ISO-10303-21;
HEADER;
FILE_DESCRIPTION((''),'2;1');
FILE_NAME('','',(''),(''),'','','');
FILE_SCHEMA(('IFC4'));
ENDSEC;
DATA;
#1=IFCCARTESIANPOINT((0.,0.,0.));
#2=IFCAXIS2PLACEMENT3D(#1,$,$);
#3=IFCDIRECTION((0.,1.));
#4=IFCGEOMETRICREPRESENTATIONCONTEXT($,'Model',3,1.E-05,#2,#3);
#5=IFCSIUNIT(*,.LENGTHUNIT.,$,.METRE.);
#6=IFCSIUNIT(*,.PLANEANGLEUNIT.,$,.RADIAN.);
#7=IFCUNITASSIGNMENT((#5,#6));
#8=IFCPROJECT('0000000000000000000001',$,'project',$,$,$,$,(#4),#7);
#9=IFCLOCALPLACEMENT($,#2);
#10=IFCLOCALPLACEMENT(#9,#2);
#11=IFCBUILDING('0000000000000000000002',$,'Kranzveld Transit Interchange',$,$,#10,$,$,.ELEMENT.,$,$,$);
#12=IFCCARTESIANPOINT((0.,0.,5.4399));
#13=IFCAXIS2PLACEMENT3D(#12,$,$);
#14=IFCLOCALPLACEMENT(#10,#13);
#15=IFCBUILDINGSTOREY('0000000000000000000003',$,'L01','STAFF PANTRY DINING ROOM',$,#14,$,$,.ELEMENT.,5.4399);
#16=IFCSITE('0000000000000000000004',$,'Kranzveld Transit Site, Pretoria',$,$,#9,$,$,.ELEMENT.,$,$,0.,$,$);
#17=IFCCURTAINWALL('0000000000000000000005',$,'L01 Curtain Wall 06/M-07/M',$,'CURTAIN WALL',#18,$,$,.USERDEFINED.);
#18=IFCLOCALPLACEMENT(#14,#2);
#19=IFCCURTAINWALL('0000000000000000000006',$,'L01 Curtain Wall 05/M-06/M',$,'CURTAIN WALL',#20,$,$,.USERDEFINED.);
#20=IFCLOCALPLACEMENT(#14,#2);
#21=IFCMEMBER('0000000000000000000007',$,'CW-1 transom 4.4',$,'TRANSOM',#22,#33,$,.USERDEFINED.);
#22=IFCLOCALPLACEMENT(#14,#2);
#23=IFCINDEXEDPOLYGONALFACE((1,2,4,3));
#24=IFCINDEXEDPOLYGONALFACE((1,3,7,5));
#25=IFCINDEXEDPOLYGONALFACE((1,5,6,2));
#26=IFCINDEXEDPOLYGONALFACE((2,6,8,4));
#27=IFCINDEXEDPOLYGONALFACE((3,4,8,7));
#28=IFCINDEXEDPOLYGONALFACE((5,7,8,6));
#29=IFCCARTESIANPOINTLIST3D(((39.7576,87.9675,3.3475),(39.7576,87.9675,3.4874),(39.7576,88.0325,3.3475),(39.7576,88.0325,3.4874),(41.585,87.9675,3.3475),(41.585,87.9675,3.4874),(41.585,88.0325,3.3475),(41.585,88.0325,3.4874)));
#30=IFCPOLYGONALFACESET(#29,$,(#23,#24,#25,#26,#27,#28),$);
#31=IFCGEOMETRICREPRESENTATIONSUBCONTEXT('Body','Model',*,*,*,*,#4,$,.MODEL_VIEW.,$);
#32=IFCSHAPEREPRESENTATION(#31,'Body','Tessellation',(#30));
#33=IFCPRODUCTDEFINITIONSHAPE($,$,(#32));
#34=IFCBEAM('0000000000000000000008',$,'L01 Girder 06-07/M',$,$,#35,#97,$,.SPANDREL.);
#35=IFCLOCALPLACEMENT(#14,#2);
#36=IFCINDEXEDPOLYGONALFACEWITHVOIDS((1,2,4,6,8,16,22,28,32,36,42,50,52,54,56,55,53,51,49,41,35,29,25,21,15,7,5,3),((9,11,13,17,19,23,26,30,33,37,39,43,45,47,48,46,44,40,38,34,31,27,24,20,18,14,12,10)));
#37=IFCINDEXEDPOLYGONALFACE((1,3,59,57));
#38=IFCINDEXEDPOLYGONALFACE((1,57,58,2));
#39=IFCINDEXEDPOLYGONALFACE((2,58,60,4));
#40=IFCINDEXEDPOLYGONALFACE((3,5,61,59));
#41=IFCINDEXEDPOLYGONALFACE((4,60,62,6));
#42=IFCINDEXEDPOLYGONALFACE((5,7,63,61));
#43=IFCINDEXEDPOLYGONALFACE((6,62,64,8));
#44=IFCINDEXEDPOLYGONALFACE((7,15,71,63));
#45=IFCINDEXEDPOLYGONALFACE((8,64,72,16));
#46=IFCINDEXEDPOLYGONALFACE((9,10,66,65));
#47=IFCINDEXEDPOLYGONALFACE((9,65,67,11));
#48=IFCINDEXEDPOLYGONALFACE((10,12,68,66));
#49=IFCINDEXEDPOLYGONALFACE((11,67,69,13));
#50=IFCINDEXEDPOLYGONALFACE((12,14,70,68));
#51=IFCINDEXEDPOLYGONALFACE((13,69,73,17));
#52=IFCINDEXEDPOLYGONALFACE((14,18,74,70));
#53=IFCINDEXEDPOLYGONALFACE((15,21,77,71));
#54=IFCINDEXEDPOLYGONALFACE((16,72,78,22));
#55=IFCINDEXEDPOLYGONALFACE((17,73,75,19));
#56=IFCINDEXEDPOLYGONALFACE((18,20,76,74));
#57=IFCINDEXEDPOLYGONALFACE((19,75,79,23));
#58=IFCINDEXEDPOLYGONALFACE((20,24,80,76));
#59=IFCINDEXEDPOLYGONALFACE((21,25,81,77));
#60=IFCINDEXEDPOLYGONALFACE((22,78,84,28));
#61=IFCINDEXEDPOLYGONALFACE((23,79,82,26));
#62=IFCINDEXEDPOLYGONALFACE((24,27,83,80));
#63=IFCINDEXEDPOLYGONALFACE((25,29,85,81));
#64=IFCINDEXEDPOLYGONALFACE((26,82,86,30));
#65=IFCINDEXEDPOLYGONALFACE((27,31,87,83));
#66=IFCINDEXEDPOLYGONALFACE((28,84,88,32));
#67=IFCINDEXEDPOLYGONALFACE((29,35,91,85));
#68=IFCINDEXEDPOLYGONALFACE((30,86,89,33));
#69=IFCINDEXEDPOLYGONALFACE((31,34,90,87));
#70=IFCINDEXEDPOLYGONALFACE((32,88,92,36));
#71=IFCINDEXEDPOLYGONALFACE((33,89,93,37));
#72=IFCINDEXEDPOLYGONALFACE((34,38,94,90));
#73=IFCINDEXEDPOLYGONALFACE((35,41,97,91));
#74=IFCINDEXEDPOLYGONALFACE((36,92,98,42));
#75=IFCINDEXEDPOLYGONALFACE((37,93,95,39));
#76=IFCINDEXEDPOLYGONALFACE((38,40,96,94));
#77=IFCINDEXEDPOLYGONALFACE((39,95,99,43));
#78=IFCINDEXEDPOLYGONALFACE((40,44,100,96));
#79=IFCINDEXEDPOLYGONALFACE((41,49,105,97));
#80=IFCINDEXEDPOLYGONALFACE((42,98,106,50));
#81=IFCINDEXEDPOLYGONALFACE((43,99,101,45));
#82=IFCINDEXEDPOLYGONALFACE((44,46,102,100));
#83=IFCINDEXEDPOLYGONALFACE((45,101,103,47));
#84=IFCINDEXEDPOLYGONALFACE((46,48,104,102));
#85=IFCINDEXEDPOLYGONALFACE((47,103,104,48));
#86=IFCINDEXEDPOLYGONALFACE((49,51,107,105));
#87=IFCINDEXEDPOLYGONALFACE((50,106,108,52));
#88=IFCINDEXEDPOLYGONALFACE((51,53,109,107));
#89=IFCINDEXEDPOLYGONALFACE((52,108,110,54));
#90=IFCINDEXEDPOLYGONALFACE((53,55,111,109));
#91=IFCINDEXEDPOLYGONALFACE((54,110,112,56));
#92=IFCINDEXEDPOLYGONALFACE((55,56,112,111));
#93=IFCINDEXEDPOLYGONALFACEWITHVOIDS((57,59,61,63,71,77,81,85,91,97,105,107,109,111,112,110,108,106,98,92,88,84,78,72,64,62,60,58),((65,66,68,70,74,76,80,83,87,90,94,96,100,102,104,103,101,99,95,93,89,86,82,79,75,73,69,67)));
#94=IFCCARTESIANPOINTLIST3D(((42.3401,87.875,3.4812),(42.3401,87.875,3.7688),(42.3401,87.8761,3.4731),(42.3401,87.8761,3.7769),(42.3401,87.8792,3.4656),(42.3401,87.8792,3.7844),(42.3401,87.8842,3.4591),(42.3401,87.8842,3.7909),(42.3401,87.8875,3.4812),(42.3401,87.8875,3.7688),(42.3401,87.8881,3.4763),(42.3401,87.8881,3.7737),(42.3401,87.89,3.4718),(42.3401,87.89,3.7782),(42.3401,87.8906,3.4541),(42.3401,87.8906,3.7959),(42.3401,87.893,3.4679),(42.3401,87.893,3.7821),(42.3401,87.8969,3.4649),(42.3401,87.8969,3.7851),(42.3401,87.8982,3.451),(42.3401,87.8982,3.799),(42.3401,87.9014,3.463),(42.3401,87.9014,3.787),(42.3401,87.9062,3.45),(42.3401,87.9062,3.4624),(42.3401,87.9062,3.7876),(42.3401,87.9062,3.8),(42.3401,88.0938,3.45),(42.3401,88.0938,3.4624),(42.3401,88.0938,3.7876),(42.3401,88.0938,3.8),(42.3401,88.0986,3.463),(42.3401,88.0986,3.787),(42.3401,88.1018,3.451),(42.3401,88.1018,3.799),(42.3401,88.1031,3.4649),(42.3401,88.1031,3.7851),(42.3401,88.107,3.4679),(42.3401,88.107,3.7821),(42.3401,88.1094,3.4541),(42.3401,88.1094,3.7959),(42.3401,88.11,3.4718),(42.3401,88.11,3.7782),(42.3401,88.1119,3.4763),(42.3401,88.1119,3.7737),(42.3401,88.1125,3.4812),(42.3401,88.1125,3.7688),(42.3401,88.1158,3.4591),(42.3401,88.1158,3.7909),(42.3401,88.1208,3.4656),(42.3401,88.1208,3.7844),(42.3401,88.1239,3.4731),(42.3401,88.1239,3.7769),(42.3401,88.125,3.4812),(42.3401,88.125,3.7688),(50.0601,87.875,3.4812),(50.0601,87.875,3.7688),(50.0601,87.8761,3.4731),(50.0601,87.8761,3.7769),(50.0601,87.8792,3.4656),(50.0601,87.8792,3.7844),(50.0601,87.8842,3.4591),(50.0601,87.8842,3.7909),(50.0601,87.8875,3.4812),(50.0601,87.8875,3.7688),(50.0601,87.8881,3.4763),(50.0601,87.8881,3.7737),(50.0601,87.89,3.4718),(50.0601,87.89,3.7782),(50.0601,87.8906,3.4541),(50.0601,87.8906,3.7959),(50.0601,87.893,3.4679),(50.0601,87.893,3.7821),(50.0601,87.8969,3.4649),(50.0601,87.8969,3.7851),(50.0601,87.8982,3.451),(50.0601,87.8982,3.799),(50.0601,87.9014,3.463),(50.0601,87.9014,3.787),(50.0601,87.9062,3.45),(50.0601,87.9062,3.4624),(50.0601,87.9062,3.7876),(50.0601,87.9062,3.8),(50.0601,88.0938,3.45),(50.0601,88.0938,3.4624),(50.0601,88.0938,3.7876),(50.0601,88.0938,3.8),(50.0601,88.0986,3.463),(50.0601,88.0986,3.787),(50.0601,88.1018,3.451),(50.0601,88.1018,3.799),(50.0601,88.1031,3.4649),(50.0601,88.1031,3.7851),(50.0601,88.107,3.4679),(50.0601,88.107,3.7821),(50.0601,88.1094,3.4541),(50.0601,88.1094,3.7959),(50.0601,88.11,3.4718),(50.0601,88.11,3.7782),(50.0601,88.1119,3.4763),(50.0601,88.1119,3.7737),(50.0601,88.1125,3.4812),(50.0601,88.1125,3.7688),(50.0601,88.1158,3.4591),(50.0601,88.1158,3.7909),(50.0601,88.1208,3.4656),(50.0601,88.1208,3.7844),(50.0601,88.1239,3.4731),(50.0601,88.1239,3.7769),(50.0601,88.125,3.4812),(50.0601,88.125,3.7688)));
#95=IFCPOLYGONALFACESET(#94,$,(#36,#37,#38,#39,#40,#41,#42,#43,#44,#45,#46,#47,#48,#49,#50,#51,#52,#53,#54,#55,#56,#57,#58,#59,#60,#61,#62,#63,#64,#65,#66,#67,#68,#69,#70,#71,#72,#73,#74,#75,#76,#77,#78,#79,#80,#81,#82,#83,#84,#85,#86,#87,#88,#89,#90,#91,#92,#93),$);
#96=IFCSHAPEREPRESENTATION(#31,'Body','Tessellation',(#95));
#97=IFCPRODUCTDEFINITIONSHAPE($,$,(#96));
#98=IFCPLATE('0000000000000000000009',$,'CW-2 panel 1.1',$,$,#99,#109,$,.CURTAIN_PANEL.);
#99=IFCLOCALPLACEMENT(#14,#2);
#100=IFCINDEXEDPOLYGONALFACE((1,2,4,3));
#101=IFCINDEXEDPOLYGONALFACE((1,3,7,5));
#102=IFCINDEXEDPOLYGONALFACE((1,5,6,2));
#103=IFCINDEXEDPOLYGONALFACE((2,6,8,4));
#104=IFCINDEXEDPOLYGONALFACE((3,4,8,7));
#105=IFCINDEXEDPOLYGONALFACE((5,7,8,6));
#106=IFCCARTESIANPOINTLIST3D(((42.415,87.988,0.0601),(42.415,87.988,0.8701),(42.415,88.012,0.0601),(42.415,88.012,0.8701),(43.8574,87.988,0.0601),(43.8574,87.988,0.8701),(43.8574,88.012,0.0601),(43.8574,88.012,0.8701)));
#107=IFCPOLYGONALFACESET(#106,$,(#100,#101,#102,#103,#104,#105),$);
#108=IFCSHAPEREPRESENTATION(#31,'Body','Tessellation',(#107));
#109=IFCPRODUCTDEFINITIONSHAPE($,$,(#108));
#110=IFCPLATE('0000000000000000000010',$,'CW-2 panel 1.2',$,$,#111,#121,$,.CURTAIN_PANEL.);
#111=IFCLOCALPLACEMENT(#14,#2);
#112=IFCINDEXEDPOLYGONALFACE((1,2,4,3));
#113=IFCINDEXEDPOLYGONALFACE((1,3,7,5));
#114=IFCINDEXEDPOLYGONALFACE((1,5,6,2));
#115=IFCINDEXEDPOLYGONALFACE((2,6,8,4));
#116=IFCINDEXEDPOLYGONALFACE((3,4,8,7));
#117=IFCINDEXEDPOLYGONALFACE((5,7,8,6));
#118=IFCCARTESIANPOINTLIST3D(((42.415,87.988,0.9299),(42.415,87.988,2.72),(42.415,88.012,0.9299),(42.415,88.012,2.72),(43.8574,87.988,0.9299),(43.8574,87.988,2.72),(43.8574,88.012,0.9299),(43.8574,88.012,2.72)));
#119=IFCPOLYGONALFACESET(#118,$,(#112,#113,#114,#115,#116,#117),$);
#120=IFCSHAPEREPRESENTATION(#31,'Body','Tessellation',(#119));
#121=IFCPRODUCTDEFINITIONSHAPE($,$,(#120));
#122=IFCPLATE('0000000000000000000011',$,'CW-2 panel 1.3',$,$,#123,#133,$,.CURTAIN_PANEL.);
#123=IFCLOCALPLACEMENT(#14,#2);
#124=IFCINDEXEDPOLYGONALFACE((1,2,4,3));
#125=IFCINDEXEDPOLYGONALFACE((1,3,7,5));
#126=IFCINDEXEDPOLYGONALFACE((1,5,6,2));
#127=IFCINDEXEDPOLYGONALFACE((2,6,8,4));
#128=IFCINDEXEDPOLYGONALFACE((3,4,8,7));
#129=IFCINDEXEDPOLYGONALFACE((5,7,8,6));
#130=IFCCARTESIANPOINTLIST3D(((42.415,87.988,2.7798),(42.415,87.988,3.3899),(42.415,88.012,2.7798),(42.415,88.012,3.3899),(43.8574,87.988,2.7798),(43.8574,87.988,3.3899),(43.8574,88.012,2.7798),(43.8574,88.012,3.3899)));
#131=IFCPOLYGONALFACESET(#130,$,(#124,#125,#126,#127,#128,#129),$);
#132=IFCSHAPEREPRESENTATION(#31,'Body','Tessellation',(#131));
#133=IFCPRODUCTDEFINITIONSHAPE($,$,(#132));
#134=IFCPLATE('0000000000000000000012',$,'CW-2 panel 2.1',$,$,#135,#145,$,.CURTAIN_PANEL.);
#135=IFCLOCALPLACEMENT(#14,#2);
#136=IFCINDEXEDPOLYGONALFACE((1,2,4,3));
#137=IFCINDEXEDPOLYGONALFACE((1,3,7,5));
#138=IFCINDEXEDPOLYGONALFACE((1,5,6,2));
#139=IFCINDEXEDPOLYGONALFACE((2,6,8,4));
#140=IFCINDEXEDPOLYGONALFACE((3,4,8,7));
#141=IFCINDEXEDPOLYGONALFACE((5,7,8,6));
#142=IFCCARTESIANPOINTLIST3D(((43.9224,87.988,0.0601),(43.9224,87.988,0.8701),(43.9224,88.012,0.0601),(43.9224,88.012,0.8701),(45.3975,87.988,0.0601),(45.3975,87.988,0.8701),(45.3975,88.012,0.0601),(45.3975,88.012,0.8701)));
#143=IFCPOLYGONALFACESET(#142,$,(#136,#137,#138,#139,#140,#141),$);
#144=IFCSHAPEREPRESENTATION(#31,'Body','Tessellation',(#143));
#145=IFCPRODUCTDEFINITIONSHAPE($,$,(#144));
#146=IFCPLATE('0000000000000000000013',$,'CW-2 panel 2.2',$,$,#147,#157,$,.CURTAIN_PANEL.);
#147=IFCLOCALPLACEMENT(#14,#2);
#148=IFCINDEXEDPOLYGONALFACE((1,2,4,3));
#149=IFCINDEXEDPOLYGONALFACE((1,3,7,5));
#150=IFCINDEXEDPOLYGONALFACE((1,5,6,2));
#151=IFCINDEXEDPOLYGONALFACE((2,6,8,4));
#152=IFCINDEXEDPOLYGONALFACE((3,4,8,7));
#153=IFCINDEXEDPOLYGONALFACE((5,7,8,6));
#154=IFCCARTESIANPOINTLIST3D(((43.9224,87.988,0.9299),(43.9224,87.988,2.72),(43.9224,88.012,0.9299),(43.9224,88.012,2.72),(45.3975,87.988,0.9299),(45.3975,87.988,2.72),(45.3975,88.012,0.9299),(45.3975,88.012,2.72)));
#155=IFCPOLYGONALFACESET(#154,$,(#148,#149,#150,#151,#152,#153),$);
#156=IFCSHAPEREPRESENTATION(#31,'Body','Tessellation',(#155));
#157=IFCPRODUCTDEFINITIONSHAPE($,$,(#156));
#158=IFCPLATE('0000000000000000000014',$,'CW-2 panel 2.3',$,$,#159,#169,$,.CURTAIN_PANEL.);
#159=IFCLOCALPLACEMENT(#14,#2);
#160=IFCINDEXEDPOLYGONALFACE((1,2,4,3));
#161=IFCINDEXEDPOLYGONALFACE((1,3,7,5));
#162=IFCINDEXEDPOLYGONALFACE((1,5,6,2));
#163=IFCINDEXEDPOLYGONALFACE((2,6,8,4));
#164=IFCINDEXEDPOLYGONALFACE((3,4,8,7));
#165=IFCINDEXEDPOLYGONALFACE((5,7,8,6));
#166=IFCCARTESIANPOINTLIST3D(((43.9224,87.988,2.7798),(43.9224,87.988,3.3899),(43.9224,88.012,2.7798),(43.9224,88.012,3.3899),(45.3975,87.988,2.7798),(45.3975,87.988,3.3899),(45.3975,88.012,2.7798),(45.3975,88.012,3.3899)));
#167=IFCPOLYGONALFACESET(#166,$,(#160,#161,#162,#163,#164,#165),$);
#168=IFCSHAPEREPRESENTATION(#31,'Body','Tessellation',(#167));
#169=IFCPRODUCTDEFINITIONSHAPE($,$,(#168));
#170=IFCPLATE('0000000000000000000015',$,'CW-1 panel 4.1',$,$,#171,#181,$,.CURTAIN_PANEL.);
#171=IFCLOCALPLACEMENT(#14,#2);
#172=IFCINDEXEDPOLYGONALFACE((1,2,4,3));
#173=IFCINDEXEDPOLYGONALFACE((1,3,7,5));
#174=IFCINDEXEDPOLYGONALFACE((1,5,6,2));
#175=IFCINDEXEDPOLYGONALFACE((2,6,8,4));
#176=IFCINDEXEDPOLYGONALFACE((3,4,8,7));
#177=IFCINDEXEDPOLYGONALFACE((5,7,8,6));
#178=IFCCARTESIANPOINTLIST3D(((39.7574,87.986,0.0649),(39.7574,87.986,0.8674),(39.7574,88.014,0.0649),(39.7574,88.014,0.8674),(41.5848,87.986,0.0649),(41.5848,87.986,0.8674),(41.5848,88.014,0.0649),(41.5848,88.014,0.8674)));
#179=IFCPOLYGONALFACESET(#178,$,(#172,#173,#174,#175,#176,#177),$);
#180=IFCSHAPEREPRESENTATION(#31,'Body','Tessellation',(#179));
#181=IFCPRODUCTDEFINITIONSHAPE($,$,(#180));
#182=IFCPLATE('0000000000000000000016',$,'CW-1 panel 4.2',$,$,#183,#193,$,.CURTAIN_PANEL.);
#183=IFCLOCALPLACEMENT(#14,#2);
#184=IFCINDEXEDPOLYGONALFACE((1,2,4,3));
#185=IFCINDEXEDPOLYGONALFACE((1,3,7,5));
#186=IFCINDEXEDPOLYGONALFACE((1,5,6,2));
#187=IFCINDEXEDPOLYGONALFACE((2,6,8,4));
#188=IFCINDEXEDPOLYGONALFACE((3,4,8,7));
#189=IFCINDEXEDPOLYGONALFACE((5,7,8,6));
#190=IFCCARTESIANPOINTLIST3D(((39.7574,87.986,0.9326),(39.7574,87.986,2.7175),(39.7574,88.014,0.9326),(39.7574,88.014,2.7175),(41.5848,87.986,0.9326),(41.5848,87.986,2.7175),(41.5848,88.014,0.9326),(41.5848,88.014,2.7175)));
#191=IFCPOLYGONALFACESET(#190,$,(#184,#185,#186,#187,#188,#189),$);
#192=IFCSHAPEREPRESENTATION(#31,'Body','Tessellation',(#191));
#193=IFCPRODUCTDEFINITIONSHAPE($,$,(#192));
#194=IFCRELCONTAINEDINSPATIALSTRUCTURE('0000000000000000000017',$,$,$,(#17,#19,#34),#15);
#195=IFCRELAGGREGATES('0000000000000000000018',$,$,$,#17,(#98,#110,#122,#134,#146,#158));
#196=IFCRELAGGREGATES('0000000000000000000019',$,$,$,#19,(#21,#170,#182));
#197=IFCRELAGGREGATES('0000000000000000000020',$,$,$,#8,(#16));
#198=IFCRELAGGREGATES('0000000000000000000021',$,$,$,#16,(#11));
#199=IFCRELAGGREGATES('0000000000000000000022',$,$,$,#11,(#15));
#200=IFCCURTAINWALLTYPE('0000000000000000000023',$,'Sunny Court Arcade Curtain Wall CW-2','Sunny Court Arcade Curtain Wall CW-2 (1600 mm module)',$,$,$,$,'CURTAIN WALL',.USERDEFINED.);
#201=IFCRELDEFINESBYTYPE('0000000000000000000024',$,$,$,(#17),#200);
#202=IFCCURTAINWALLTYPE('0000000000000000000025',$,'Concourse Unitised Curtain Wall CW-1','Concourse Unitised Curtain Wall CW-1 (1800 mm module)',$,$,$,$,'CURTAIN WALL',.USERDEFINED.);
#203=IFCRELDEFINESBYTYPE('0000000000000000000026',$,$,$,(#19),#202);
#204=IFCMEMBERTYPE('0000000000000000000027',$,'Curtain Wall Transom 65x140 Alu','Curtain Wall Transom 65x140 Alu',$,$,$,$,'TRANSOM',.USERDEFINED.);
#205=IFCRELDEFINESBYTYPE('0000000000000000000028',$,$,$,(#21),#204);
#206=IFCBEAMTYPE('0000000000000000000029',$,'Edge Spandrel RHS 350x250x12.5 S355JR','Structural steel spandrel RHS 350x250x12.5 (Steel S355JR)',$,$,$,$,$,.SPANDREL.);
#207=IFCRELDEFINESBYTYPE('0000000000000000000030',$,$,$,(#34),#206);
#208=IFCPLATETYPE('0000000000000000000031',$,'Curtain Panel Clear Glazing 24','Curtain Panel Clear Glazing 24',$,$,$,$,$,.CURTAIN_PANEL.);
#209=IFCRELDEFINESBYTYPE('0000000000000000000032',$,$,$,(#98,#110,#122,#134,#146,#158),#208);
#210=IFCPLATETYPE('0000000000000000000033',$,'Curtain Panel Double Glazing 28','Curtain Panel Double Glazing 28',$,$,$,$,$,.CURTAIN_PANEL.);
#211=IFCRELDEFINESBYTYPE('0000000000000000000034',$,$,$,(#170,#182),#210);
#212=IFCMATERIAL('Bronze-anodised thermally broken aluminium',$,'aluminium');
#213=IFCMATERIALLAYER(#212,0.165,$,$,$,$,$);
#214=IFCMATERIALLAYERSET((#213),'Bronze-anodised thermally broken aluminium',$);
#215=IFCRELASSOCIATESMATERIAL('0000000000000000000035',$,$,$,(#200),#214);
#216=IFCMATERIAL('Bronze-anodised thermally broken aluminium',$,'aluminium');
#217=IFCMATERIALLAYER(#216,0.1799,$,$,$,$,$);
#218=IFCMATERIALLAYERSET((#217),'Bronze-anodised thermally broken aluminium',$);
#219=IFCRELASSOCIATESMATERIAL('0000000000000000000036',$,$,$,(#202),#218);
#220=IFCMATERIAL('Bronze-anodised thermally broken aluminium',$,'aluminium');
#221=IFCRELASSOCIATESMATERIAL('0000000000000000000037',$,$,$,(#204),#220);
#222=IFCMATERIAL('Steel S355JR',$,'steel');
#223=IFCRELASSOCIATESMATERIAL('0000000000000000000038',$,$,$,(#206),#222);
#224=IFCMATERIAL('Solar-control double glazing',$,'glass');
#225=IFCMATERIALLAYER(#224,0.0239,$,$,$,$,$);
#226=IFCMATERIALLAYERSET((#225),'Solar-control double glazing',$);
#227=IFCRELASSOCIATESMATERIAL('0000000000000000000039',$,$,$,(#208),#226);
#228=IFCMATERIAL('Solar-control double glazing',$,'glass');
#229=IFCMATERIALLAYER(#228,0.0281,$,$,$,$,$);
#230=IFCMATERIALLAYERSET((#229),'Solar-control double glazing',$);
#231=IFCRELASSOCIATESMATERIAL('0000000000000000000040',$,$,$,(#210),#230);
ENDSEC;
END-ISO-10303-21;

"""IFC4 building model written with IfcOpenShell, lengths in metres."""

from ifc_helpers import new_model, si_unit, direction, frame, origin, origin_2d, place, context, subcontext, project, spatial, rectangle, hollow_rectangle, extrude, material, layer, layer_set, material_profile, profile_set, type_object, element, aggregate, save


model = new_model("IFC4")

# Units and contexts
model_context = context("Model", 3, precision=1e-05, world=origin(), true_north=direction((0.0, 1.0)))
body_context = subcontext(model_context, "Body", "Model", "MODEL_VIEW")
ifc_project = project(units=[si_unit("LENGTHUNIT", "METRE"), si_unit("PLANEANGLEUNIT", "RADIAN")], contexts=[model_context])

# Site, building, storey
site_placement = place(None, origin())
site = spatial("IfcSite", under=ifc_project, at=site_placement, Name="Kranzveld Transit Site, Pretoria", CompositionType="ELEMENT", RefElevation=0.0)
building_placement = place(site_placement, origin())
building = spatial("IfcBuilding", under=site, at=building_placement, Name="Kranzveld Transit Interchange", CompositionType="ELEMENT")
storey_placement = place(building_placement, frame((0.0, 0.0, 5.4399)))
storey = spatial("IfcBuildingStorey", under=building, at=storey_placement, Name="L01", Description="STAFF PANTRY DINING ROOM", CompositionType="ELEMENT", Elevation=5.4399)

# Curtain wall
ifc_material_1 = material(Name="Bronze-anodised thermally broken aluminium", Category="aluminium")
ifc_layer_1 = layer(ifc_material_1, 0.165)
ifc_layer_set_1 = layer_set([ifc_layer_1], Name="Bronze-anodised thermally broken aluminium")
curtain_wall_type_1 = type_object("IfcCurtainWallType", Name="Sunny Court Arcade Curtain Wall CW-2", Description="Sunny Court Arcade Curtain Wall CW-2 (1600 mm module)", ElementType="CURTAIN WALL", PredefinedType="USERDEFINED", material=ifc_layer_set_1)
curtain_wall_1_placement = place(storey_placement, origin())
curtain_wall_1 = element("IfcCurtainWall", 1, at=curtain_wall_1_placement, inside=storey, type_object=curtain_wall_type_1, Name="L01 Curtain Wall 06/M-07/M", ObjectType="CURTAIN WALL", PredefinedType="USERDEFINED")

# Curtain wall
ifc_material_2 = material(Name="Bronze-anodised thermally broken aluminium", Category="aluminium")
ifc_layer_2 = layer(ifc_material_2, 0.1799)
ifc_layer_set_2 = layer_set([ifc_layer_2], Name="Bronze-anodised thermally broken aluminium")
curtain_wall_type_2 = type_object("IfcCurtainWallType", Name="Concourse Unitised Curtain Wall CW-1", Description="Concourse Unitised Curtain Wall CW-1 (1800 mm module)", ElementType="CURTAIN WALL", PredefinedType="USERDEFINED", material=ifc_layer_set_2)
curtain_wall_2_placement = place(storey_placement, origin())
curtain_wall_2 = element("IfcCurtainWall", 2, at=curtain_wall_2_placement, inside=storey, type_object=curtain_wall_type_2, Name="L01 Curtain Wall 05/M-06/M", ObjectType="CURTAIN WALL", PredefinedType="USERDEFINED")

# Member
ifc_material_3 = material(Name="Bronze-anodised thermally broken aluminium", Category="aluminium")
ifc_material_profile_1 = material_profile(ifc_material_3, rectangle(XDim=0.0649, YDim=0.1399, at=origin_2d()), Name="ALU TRANSOM 65x140")
ifc_profile_set_1 = profile_set([ifc_material_profile_1], Name="Bronze-anodised thermally broken aluminium")
member_type_1 = type_object("IfcMemberType", Name="Curtain Wall Transom 65x140 Alu", Description="Curtain Wall Transom 65x140 Alu", ElementType="TRANSOM", PredefinedType="USERDEFINED", material=ifc_profile_set_1)
member_1_placement = place(storey_placement, frame((39.7576, 88.0, 3.4175), z_axis=(1.0, 0.0, 0.0), x_axis=(0.0, 1.0, 0.0)))
member_1 = element("IfcMember", 3, at=member_1_placement, type_object=member_type_1, Name="CW-1 transom 4.4", ObjectType="TRANSOM", PredefinedType="USERDEFINED", context=body_context, shape_type="SweptSolid", body=[
    extrude(rectangle(XDim=0.0649, YDim=0.1399, at=origin_2d()), origin(), (0.0, 0.0, 1.0), 1.8274),
])

# Beam
ifc_material_4 = material(Name="Steel S355JR", Category="steel")
ifc_material_profile_2 = material_profile(ifc_material_4, hollow_rectangle(XDim=0.25, YDim=0.3501, WallThickness=0.0125, InnerFilletRadius=0.0188, OuterFilletRadius=0.0312, at=origin_2d()), Name="RHS 350x250x12.5")
ifc_profile_set_2 = profile_set([ifc_material_profile_2], Name="Steel S355JR")
beam_type = type_object("IfcBeamType", Name="Edge Spandrel RHS 350x250x12.5 S355JR", Description="Structural steel spandrel RHS 350x250x12.5 (Steel S355JR)", PredefinedType="SPANDREL", material=ifc_profile_set_2)
beam_placement = place(storey_placement, frame((42.3401, 88.0, 3.625), z_axis=(1.0, 0.0, 0.0), x_axis=(0.0, 1.0, 0.0)))
element("IfcBeam", 4, at=beam_placement, inside=storey, type_object=beam_type, Name="L01 Girder 06-07/M", PredefinedType="SPANDREL", context=body_context, shape_type="SweptSolid", body=[
    extrude(hollow_rectangle(XDim=0.25, YDim=0.3501, WallThickness=0.0125, InnerFilletRadius=0.0188, OuterFilletRadius=0.0312, at=origin_2d()), origin(), (0.0, 0.0, 1.0), 7.72),
])

# Plates
ifc_material_5 = material(Name="Solar-control double glazing", Category="glass")
ifc_layer_3 = layer(ifc_material_5, 0.0239)
ifc_layer_set_3 = layer_set([ifc_layer_3], Name="Solar-control double glazing")
plate_type_1 = type_object("IfcPlateType", Name="Curtain Panel Clear Glazing 24", Description="Curtain Panel Clear Glazing 24", PredefinedType="CURTAIN_PANEL", material=ifc_layer_set_3)
plate_1_placement = place(storey_placement, frame((43.1362, 88.0, 0.0601), z_axis=(0.0, 0.0, 1.0), x_axis=(1.0, 0.0, 0.0)))
plate_1 = element("IfcPlate", 5, at=plate_1_placement, type_object=plate_type_1, Name="CW-2 panel 1.1", PredefinedType="CURTAIN_PANEL", context=body_context, shape_type="SweptSolid", body=[
    extrude(rectangle(XDim=1.4424, YDim=0.0239, at=origin_2d()), origin(), (0.0, 0.0, 1.0), 0.8101),
])
plate_2_placement = place(storey_placement, frame((43.1362, 88.0, 0.9299), z_axis=(0.0, 0.0, 1.0), x_axis=(1.0, 0.0, 0.0)))
plate_2 = element("IfcPlate", 6, at=plate_2_placement, type_object=plate_type_1, Name="CW-2 panel 1.2", PredefinedType="CURTAIN_PANEL", context=body_context, shape_type="SweptSolid", body=[
    extrude(rectangle(XDim=1.4424, YDim=0.0239, at=origin_2d()), origin(), (0.0, 0.0, 1.0), 1.79),
])
plate_3_placement = place(storey_placement, frame((43.1362, 88.0, 2.7798), z_axis=(0.0, 0.0, 1.0), x_axis=(1.0, 0.0, 0.0)))
plate_3 = element("IfcPlate", 7, at=plate_3_placement, type_object=plate_type_1, Name="CW-2 panel 1.3", PredefinedType="CURTAIN_PANEL", context=body_context, shape_type="SweptSolid", body=[
    extrude(rectangle(XDim=1.4424, YDim=0.0239, at=origin_2d()), origin(), (0.0, 0.0, 1.0), 0.6101),
])
plate_4_placement = place(storey_placement, frame((44.6599, 88.0, 0.0601), z_axis=(0.0, 0.0, 1.0), x_axis=(1.0, 0.0, 0.0)))
plate_4 = element("IfcPlate", 8, at=plate_4_placement, type_object=plate_type_1, Name="CW-2 panel 2.1", PredefinedType="CURTAIN_PANEL", context=body_context, shape_type="SweptSolid", body=[
    extrude(rectangle(XDim=1.4751, YDim=0.0239, at=origin_2d()), origin(), (0.0, 0.0, 1.0), 0.8101),
])
plate_5_placement = place(storey_placement, frame((44.6599, 88.0, 0.9299), z_axis=(0.0, 0.0, 1.0), x_axis=(1.0, 0.0, 0.0)))
plate_5 = element("IfcPlate", 9, at=plate_5_placement, type_object=plate_type_1, Name="CW-2 panel 2.2", PredefinedType="CURTAIN_PANEL", context=body_context, shape_type="SweptSolid", body=[
    extrude(rectangle(XDim=1.4751, YDim=0.0239, at=origin_2d()), origin(), (0.0, 0.0, 1.0), 1.79),
])
plate_6_placement = place(storey_placement, frame((44.6599, 88.0, 2.7798), z_axis=(0.0, 0.0, 1.0), x_axis=(1.0, 0.0, 0.0)))
plate_6 = element("IfcPlate", 10, at=plate_6_placement, type_object=plate_type_1, Name="CW-2 panel 2.3", PredefinedType="CURTAIN_PANEL", context=body_context, shape_type="SweptSolid", body=[
    extrude(rectangle(XDim=1.4751, YDim=0.0239, at=origin_2d()), origin(), (0.0, 0.0, 1.0), 0.6101),
])
aggregate(curtain_wall_1, [plate_1, plate_2, plate_3, plate_4, plate_5, plate_6])
ifc_material_6 = material(Name="Solar-control double glazing", Category="glass")
ifc_layer_4 = layer(ifc_material_6, 0.0281)
ifc_layer_set_4 = layer_set([ifc_layer_4], Name="Solar-control double glazing")
plate_type_2 = type_object("IfcPlateType", Name="Curtain Panel Double Glazing 28", Description="Curtain Panel Double Glazing 28", PredefinedType="CURTAIN_PANEL", material=ifc_layer_set_4)
plate_7_placement = place(storey_placement, frame((40.6711, 88.0, 0.0649), z_axis=(0.0, 0.0, 1.0), x_axis=(1.0, 0.0, 0.0)))
plate_7 = element("IfcPlate", 11, at=plate_7_placement, type_object=plate_type_2, Name="CW-1 panel 4.1", PredefinedType="CURTAIN_PANEL", context=body_context, shape_type="SweptSolid", body=[
    extrude(rectangle(XDim=1.8274, YDim=0.0281, at=origin_2d()), origin(), (0.0, 0.0, 1.0), 0.8025),
])
plate_8_placement = place(storey_placement, frame((40.6711, 88.0, 0.9326), z_axis=(0.0, 0.0, 1.0), x_axis=(1.0, 0.0, 0.0)))
plate_8 = element("IfcPlate", 12, at=plate_8_placement, type_object=plate_type_2, Name="CW-1 panel 4.2", PredefinedType="CURTAIN_PANEL", context=body_context, shape_type="SweptSolid", body=[
    extrude(rectangle(XDim=1.8274, YDim=0.0281, at=origin_2d()), origin(), (0.0, 0.0, 1.0), 1.7849),
])
aggregate(curtain_wall_2, [member_1, plate_7, plate_8])

save(model, "model.ifc")
